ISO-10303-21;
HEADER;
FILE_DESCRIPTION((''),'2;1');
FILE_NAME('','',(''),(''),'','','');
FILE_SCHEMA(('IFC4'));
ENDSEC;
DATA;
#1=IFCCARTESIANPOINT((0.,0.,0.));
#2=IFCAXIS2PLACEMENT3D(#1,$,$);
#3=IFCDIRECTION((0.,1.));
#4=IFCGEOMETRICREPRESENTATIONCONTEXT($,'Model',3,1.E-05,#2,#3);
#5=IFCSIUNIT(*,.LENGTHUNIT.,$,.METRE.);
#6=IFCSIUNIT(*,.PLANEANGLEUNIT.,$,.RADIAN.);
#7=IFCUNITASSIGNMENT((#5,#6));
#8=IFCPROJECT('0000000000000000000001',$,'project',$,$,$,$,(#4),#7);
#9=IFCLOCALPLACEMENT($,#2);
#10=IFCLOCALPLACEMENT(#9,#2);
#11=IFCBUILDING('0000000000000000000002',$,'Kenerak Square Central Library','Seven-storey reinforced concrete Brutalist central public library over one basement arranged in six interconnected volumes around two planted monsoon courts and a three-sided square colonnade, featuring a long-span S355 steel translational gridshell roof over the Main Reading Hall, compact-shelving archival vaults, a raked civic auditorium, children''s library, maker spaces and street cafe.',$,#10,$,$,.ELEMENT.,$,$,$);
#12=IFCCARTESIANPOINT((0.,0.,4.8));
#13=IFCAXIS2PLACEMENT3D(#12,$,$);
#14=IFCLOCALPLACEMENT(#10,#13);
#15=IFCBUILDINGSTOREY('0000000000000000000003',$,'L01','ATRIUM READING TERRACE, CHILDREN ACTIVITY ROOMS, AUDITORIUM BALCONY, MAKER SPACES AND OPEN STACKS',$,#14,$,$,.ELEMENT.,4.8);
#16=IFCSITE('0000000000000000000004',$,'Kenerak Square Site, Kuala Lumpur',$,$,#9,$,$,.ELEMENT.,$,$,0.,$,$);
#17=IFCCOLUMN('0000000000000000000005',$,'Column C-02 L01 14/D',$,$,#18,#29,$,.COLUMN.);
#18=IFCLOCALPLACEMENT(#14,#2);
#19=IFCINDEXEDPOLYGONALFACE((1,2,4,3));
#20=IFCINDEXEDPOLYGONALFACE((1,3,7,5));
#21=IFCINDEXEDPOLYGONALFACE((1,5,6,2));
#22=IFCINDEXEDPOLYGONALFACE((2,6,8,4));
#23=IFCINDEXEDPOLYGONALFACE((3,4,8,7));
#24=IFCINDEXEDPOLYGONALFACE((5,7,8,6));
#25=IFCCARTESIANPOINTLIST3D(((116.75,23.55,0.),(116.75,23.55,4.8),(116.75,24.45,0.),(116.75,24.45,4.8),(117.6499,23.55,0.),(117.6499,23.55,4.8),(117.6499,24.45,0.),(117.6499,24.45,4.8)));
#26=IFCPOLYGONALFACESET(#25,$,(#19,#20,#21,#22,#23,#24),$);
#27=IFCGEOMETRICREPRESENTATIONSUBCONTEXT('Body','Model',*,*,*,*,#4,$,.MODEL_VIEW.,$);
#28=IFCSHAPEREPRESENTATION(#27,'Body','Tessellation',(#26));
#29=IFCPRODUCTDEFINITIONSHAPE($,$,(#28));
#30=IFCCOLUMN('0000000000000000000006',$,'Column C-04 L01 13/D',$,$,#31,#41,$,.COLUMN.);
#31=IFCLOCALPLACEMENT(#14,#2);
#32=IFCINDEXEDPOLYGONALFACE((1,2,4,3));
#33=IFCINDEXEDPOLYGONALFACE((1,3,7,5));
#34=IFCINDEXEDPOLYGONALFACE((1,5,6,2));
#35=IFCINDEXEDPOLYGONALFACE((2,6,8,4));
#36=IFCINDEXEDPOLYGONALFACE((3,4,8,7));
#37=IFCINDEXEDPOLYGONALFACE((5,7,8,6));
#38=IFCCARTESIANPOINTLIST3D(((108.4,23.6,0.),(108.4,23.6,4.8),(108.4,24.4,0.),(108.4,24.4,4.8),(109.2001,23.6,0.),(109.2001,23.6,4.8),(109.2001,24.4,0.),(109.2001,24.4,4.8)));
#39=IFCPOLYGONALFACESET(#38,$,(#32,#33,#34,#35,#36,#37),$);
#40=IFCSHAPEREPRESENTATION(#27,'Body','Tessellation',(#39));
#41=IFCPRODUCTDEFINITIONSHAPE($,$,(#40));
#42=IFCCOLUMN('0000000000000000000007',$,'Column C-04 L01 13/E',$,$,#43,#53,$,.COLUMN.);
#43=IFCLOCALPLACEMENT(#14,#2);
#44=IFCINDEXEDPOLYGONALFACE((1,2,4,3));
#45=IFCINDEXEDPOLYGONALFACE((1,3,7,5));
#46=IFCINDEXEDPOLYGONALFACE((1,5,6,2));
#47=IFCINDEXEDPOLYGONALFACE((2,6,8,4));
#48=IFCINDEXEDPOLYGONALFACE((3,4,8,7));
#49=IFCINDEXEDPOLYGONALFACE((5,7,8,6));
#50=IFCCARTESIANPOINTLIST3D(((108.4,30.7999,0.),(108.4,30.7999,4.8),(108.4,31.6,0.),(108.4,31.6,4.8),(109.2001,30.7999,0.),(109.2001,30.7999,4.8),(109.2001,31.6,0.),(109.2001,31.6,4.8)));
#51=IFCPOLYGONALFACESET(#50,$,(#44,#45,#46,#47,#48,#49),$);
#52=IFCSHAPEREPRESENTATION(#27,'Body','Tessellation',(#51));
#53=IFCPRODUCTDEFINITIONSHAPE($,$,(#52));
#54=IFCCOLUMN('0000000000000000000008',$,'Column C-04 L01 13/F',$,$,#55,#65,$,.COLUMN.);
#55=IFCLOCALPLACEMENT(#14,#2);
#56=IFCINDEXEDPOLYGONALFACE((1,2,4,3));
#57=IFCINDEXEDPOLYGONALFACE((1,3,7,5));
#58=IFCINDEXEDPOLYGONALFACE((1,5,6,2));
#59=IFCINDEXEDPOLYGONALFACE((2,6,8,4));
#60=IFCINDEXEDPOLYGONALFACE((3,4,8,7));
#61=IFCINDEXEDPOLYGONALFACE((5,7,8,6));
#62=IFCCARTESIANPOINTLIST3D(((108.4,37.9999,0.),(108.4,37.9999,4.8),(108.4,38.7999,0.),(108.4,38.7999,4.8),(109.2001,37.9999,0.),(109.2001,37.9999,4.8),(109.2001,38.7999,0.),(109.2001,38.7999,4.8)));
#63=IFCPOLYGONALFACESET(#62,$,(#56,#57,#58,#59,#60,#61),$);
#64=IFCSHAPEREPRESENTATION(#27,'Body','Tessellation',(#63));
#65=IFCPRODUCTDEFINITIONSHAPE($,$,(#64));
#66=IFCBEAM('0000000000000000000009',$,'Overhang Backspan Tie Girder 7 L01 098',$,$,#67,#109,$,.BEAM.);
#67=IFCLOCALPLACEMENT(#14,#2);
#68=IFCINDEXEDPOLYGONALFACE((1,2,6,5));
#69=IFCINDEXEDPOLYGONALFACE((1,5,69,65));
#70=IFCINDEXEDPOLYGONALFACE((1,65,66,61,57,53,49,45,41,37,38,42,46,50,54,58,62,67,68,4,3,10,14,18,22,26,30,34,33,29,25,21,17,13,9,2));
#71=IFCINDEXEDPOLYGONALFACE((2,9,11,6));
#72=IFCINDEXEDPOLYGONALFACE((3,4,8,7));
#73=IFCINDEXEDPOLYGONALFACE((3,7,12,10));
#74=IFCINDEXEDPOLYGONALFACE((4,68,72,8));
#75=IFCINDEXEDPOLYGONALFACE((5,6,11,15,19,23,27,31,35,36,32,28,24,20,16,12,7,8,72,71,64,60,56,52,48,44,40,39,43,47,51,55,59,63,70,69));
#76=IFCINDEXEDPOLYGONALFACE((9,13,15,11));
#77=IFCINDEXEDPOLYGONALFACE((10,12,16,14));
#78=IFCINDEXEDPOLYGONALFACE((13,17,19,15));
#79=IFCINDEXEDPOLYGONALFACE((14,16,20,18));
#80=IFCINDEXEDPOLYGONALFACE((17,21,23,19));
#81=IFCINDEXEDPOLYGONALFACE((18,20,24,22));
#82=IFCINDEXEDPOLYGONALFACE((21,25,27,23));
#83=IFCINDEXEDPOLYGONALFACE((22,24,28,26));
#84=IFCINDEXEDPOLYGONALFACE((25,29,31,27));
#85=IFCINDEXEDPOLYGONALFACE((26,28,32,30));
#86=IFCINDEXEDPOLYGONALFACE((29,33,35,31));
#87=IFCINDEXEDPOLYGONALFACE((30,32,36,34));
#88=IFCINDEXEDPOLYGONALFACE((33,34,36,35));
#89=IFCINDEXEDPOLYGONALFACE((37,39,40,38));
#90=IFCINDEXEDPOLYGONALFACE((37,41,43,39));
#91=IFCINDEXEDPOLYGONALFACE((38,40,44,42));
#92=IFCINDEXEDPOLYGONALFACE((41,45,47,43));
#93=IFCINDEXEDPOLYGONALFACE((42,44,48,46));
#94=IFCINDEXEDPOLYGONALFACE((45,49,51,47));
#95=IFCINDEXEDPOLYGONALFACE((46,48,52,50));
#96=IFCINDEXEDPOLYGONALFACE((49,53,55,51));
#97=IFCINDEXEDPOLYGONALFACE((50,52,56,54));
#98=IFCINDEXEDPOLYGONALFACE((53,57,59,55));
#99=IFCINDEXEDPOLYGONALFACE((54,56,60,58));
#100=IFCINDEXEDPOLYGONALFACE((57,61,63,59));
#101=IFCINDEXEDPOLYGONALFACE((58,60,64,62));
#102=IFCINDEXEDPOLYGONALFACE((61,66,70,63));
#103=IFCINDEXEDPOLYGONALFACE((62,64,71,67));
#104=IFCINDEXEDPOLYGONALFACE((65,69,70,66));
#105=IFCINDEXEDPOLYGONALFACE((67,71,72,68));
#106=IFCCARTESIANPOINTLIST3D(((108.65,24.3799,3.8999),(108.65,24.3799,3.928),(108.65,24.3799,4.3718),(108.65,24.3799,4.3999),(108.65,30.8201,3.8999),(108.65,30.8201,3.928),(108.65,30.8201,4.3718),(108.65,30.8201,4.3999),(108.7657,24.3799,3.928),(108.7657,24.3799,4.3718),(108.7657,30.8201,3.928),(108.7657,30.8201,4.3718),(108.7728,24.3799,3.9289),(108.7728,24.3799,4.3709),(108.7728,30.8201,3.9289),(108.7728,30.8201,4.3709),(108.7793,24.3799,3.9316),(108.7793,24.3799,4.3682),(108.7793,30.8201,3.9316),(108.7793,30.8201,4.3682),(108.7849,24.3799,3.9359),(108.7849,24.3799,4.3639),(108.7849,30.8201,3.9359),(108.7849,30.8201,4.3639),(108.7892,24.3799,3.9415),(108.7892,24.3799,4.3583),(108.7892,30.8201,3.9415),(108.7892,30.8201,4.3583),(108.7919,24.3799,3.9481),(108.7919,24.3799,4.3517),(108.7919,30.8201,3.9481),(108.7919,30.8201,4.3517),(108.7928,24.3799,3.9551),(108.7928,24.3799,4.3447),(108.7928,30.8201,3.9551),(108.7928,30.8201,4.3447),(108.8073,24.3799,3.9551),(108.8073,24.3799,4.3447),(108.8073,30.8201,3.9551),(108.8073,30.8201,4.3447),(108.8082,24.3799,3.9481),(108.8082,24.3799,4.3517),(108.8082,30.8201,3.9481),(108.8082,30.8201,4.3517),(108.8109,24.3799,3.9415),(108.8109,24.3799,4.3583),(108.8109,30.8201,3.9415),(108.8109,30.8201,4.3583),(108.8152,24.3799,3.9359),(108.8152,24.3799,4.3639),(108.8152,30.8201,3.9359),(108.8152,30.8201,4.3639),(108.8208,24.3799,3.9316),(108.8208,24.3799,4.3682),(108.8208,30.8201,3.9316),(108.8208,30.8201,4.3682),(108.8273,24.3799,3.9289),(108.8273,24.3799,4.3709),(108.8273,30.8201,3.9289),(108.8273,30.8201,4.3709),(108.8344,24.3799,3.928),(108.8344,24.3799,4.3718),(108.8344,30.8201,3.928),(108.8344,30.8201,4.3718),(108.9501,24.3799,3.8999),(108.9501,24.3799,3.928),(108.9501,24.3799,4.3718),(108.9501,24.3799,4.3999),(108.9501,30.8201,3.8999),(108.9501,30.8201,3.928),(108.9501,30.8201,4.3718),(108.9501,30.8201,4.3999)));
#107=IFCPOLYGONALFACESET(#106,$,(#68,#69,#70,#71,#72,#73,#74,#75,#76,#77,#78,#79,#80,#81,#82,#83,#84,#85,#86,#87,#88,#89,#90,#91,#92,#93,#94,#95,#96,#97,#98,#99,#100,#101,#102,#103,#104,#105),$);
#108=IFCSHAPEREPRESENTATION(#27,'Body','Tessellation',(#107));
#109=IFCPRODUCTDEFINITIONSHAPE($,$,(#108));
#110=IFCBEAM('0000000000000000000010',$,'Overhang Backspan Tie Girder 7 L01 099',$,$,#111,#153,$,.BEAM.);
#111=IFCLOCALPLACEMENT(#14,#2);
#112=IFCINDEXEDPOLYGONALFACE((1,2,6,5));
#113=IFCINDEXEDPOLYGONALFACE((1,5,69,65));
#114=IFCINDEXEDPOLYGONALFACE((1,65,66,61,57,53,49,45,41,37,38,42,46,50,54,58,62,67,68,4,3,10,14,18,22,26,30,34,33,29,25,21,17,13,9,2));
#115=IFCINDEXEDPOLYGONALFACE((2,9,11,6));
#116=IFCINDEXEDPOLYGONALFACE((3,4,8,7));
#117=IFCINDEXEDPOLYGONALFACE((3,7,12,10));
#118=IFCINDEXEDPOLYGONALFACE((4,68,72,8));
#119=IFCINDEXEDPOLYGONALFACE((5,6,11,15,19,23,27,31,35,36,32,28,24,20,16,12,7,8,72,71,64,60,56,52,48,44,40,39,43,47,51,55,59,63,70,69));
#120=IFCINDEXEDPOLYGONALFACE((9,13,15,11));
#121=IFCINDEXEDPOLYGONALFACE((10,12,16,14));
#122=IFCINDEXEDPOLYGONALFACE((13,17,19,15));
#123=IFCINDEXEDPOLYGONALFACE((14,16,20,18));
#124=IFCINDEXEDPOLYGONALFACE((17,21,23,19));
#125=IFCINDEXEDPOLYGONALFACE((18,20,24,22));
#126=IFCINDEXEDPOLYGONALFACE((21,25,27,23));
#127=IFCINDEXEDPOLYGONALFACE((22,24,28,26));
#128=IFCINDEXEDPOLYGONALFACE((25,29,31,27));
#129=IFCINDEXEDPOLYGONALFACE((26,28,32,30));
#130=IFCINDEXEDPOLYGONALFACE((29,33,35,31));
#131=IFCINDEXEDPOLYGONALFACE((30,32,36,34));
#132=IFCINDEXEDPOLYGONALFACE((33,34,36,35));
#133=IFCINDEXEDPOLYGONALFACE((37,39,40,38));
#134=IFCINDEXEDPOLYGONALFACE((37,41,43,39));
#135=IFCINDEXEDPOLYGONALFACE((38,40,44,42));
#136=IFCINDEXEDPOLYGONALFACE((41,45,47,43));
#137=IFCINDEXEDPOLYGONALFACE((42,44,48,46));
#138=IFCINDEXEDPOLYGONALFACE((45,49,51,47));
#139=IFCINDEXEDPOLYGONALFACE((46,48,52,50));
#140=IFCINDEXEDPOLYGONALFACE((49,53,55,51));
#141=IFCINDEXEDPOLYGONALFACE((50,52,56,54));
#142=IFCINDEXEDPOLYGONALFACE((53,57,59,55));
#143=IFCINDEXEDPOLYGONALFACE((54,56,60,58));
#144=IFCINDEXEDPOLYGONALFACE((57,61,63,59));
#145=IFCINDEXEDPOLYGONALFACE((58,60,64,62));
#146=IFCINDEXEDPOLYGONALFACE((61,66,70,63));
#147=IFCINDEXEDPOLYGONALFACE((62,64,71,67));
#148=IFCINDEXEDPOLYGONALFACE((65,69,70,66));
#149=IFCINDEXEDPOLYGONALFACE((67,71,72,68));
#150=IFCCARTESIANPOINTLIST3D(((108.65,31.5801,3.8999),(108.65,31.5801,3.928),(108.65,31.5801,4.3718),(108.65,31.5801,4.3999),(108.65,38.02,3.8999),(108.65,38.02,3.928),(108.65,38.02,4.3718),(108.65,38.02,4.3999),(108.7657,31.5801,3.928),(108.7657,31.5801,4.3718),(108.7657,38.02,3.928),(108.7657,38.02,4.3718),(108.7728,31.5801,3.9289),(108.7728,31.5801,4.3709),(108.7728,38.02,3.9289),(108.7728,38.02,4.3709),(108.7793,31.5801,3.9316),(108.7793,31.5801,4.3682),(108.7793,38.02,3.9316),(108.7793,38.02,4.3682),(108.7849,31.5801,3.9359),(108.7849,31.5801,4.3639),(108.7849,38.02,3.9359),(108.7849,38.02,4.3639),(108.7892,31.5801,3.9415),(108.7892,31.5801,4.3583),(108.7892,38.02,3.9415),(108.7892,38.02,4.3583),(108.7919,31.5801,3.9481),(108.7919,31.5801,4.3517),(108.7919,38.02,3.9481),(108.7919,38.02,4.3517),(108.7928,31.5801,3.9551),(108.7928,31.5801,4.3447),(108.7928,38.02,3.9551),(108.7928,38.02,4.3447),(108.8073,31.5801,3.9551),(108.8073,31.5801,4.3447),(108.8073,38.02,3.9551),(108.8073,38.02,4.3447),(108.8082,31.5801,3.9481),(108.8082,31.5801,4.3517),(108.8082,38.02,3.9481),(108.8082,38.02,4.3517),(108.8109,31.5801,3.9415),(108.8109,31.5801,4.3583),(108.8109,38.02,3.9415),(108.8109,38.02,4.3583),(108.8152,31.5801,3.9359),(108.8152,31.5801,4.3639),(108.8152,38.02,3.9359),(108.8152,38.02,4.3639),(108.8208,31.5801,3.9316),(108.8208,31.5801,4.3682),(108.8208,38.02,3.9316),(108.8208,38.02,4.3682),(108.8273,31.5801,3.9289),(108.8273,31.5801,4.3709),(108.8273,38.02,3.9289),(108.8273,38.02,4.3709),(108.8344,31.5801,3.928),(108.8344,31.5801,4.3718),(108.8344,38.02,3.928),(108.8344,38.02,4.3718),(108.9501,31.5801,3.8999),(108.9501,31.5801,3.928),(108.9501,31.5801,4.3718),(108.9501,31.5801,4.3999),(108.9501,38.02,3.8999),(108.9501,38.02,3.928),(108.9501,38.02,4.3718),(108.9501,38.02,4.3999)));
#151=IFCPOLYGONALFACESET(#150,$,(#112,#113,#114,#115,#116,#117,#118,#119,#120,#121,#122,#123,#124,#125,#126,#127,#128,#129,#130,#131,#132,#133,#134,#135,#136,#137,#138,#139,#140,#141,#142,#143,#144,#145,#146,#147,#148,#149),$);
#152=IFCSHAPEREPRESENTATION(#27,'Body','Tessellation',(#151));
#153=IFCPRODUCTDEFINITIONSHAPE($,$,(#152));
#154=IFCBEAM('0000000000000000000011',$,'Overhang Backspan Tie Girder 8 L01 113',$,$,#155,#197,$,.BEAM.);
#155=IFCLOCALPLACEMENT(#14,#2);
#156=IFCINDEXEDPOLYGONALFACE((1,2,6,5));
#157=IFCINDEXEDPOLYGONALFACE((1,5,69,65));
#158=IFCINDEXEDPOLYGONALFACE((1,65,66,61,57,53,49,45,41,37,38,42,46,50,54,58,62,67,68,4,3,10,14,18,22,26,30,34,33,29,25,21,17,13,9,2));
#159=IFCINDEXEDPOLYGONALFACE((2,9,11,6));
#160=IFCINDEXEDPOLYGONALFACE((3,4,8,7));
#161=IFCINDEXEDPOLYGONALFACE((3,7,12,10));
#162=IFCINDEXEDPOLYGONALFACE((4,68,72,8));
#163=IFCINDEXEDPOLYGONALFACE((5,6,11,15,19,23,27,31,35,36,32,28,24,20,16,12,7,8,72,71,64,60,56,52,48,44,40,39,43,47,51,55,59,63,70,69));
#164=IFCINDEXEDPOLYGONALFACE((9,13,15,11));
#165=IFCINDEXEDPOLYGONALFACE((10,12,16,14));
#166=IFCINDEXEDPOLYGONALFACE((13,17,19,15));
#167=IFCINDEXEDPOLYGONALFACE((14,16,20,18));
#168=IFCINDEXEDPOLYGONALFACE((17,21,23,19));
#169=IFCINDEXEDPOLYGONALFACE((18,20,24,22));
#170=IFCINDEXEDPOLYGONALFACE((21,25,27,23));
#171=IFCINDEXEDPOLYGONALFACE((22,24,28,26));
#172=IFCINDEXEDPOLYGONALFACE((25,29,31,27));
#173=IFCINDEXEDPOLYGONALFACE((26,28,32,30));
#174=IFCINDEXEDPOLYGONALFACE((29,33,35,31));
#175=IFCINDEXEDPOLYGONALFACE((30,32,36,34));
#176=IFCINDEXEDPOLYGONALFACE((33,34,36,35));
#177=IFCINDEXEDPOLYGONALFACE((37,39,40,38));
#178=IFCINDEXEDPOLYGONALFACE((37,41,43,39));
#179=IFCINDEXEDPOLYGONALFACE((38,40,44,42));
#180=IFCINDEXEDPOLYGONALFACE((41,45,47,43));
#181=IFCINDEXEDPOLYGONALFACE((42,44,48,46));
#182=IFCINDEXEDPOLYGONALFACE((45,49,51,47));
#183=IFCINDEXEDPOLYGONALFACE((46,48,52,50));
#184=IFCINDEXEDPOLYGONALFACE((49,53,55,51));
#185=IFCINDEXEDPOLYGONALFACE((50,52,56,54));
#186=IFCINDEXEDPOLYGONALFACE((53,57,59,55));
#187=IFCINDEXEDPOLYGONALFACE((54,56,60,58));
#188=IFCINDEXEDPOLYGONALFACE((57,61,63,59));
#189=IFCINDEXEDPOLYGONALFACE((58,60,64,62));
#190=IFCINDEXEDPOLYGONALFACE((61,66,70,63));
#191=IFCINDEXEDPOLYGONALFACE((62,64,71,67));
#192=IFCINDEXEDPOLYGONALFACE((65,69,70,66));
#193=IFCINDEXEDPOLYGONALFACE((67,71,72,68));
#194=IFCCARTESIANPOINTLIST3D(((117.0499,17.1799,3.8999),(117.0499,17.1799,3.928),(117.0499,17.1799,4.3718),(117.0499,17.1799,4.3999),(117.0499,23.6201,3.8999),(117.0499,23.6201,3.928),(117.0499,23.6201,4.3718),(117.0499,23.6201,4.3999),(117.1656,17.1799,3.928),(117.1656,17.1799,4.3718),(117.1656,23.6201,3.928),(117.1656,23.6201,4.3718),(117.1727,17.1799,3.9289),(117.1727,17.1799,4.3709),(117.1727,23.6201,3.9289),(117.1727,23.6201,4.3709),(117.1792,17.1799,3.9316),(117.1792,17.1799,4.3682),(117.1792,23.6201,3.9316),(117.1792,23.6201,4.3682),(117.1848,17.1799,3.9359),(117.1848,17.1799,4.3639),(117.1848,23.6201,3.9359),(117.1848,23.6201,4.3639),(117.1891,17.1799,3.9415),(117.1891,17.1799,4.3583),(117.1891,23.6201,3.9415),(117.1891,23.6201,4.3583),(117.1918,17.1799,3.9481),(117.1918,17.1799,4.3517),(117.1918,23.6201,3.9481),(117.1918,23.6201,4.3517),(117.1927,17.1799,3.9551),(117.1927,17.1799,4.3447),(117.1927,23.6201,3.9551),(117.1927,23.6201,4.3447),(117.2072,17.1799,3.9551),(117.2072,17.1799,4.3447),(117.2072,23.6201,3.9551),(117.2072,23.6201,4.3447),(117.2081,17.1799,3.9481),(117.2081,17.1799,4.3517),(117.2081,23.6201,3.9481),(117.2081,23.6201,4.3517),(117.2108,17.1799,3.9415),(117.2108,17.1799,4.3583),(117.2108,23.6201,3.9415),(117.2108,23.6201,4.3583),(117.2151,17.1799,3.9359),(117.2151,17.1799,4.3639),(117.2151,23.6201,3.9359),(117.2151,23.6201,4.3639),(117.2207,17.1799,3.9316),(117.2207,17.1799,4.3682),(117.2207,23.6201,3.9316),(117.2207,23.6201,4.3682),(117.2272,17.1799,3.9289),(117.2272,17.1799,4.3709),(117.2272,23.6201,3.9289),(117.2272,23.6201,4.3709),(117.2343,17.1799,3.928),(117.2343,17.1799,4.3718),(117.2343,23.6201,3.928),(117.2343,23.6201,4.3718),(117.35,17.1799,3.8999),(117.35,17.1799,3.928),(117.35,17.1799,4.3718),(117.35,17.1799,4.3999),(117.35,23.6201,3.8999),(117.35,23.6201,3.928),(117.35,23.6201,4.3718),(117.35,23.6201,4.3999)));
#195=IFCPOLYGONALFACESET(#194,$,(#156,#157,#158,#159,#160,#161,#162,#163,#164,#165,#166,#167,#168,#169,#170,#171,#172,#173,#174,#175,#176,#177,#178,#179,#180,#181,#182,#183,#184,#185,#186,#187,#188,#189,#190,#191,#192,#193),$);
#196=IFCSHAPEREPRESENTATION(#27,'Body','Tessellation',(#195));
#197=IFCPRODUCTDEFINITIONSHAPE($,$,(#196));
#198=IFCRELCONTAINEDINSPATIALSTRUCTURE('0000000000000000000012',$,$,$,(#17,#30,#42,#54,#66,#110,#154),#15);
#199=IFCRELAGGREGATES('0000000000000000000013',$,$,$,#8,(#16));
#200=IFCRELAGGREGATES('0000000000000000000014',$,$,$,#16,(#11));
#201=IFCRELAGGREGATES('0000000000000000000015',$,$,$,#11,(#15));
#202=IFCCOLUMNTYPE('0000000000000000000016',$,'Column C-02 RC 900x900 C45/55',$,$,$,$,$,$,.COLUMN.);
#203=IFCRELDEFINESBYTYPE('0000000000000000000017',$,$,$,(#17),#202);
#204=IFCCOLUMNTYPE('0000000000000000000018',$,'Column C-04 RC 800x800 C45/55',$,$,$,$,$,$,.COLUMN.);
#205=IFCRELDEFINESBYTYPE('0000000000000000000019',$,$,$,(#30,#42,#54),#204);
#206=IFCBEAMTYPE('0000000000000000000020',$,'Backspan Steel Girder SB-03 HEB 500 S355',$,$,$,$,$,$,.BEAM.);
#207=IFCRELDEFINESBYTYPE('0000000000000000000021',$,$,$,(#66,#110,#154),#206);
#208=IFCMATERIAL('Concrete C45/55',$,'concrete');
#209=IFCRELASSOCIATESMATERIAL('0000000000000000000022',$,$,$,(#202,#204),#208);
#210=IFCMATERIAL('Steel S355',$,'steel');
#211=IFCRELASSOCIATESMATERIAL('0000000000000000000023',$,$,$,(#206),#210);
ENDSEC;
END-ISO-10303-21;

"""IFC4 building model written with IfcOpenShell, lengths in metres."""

from ifc_helpers import new_model, si_unit, direction, frame, origin, origin_2d, place, context, subcontext, project, spatial, rectangle, i_section, extrude, material, material_profile, profile_set, type_object, element, save


model = new_model("IFC4")

# Units and contexts
model_context = context("Model", 3, precision=1e-05, world=origin(), true_north=direction((0.0, 1.0)))
body_context = subcontext(model_context, "Body", "Model", "MODEL_VIEW")
ifc_project = project(units=[si_unit("LENGTHUNIT", "METRE"), si_unit("PLANEANGLEUNIT", "RADIAN")], contexts=[model_context])

# Site, building, storey
site_placement = place(None, origin())
site = spatial("IfcSite", under=ifc_project, at=site_placement, Name="Kenerak Square Site, Kuala Lumpur", CompositionType="ELEMENT", RefElevation=0.0)
building_placement = place(site_placement, origin())
building = spatial("IfcBuilding", under=site, at=building_placement, Name="Kenerak Square Central Library", Description="Seven-storey reinforced concrete Brutalist central public library over one basement arranged in six interconnected volumes around two planted monsoon courts and a three-sided square colonnade, featuring a long-span S355 steel translational gridshell roof over the Main Reading Hall, compact-shelving archival vaults, a raked civic auditorium, children's library, maker spaces and street cafe.", CompositionType="ELEMENT")
storey_placement = place(building_placement, frame((0.0, 0.0, 4.8)))
storey = spatial("IfcBuildingStorey", under=building, at=storey_placement, Name="L01", Description="ATRIUM READING TERRACE, CHILDREN ACTIVITY ROOMS, AUDITORIUM BALCONY, MAKER SPACES AND OPEN STACKS", CompositionType="ELEMENT", Elevation=4.8)

# Columns
ifc_material_1 = material(Name="Concrete C45/55", Category="concrete")
ifc_material_profile_1 = material_profile(ifc_material_1, rectangle(XDim=0.8999, YDim=0.8999, at=origin_2d()), Name="RC 900x900")
ifc_profile_set_1 = profile_set([ifc_material_profile_1], Name="Concrete C45/55")
column_type_1 = type_object("IfcColumnType", Name="Column C-02 RC 900x900 C45/55", PredefinedType="COLUMN", material=ifc_profile_set_1)
column_placement = place(storey_placement, frame((117.2, 24.0, 0.0), z_axis=(0.0, 0.0, 1.0), x_axis=(1.0, 0.0, 0.0)))
element("IfcColumn", 1, at=column_placement, inside=storey, type_object=column_type_1, Name="Column C-02 L01 14/D", PredefinedType="COLUMN", context=body_context, shape_type="SweptSolid", body=[
    extrude(rectangle(XDim=0.8999, YDim=0.8999, at=origin_2d()), origin(), (0.0, 0.0, 1.0), 4.8),
])
ifc_material_profile_2 = material_profile(ifc_material_1, rectangle(XDim=0.8, YDim=0.8, at=origin_2d()), Name="RC 800x800")
ifc_profile_set_2 = profile_set([ifc_material_profile_2], Name="Concrete C45/55")
column_type_2 = type_object("IfcColumnType", Name="Column C-04 RC 800x800 C45/55", PredefinedType="COLUMN", material=ifc_profile_set_2)
for number, where, z_axis, x_axis, name in (
    (2, (108.8, 24.0, 0.0), (0.0, 0.0, 1.0), (1.0, 0.0, 0.0), "Column C-04 L01 13/D"),
    (3, (108.8, 31.2, 0.0), (0.0, 0.0, 1.0), (1.0, 0.0, 0.0), "Column C-04 L01 13/E"),
    (4, (108.8, 38.3999, 0.0), (0.0, 0.0, 1.0), (1.0, 0.0, 0.0), "Column C-04 L01 13/F"),
):
    element("IfcColumn", number, at=place(storey_placement, frame(where, z_axis=z_axis, x_axis=x_axis)), inside=storey, type_object=column_type_2, Name=name, PredefinedType="COLUMN", context=body_context, shape_type="SweptSolid", body=[
        extrude(rectangle(XDim=0.8, YDim=0.8, at=origin_2d()), origin(), (0.0, 0.0, 1.0), 4.8),
    ])

# Beams
ifc_material_2 = material(Name="Steel S355", Category="steel")
ifc_material_profile_3 = material_profile(ifc_material_2, i_section(OverallWidth=0.3, OverallDepth=0.5, WebThickness=0.0144, FlangeThickness=0.0281, FilletRadius=0.0271, at=origin_2d()), Name="HEB 500")
ifc_profile_set_3 = profile_set([ifc_material_profile_3], Name="Steel S355")
beam_type_1 = type_object("IfcBeamType", Name="Backspan Steel Girder SB-03 HEB 500 S355", PredefinedType="BEAM", material=ifc_profile_set_3)
beam_1_placement = place(storey_placement, frame((108.8, 24.3799, 4.1499), z_axis=(0.0, 1.0, 0.0), x_axis=(-1.0, 0.0, 0.0)))
element("IfcBeam", 5, at=beam_1_placement, inside=storey, type_object=beam_type_1, Name="Overhang Backspan Tie Girder 7 L01 098", PredefinedType="BEAM", context=body_context, shape_type="SweptSolid", body=[
    extrude(i_section(OverallWidth=0.3, OverallDepth=0.5, WebThickness=0.0144, FlangeThickness=0.0281, FilletRadius=0.0271, at=origin_2d()), origin(), (0.0, 0.0, 1.0), 6.4402),
])
beam_2_placement = place(storey_placement, frame((108.8, 31.5801, 4.1499), z_axis=(0.0, 1.0, 0.0), x_axis=(-1.0, 0.0, 0.0)))
element("IfcBeam", 6, at=beam_2_placement, inside=storey, type_object=beam_type_1, Name="Overhang Backspan Tie Girder 7 L01 099", PredefinedType="BEAM", context=body_context, shape_type="SweptSolid", body=[
    extrude(i_section(OverallWidth=0.3, OverallDepth=0.5, WebThickness=0.0144, FlangeThickness=0.0281, FilletRadius=0.0271, at=origin_2d()), origin(), (0.0, 0.0, 1.0), 6.4399),
])
for number, where, z_axis, x_axis, name in (
    (7, (117.2, 17.1799, 4.1499), (0.0, 1.0, 0.0), (-1.0, 0.0, 0.0), "Overhang Backspan Tie Girder 8 L01 113"),
):
    element("IfcBeam", number, at=place(storey_placement, frame(where, z_axis=z_axis, x_axis=x_axis)), inside=storey, type_object=beam_type_1, Name=name, PredefinedType="BEAM", context=body_context, shape_type="SweptSolid", body=[
        extrude(i_section(OverallWidth=0.3, OverallDepth=0.5, WebThickness=0.0144, FlangeThickness=0.0281, FilletRadius=0.0271, at=origin_2d()), origin(), (0.0, 0.0, 1.0), 6.4402),
    ])

save(model, "model.ifc")
